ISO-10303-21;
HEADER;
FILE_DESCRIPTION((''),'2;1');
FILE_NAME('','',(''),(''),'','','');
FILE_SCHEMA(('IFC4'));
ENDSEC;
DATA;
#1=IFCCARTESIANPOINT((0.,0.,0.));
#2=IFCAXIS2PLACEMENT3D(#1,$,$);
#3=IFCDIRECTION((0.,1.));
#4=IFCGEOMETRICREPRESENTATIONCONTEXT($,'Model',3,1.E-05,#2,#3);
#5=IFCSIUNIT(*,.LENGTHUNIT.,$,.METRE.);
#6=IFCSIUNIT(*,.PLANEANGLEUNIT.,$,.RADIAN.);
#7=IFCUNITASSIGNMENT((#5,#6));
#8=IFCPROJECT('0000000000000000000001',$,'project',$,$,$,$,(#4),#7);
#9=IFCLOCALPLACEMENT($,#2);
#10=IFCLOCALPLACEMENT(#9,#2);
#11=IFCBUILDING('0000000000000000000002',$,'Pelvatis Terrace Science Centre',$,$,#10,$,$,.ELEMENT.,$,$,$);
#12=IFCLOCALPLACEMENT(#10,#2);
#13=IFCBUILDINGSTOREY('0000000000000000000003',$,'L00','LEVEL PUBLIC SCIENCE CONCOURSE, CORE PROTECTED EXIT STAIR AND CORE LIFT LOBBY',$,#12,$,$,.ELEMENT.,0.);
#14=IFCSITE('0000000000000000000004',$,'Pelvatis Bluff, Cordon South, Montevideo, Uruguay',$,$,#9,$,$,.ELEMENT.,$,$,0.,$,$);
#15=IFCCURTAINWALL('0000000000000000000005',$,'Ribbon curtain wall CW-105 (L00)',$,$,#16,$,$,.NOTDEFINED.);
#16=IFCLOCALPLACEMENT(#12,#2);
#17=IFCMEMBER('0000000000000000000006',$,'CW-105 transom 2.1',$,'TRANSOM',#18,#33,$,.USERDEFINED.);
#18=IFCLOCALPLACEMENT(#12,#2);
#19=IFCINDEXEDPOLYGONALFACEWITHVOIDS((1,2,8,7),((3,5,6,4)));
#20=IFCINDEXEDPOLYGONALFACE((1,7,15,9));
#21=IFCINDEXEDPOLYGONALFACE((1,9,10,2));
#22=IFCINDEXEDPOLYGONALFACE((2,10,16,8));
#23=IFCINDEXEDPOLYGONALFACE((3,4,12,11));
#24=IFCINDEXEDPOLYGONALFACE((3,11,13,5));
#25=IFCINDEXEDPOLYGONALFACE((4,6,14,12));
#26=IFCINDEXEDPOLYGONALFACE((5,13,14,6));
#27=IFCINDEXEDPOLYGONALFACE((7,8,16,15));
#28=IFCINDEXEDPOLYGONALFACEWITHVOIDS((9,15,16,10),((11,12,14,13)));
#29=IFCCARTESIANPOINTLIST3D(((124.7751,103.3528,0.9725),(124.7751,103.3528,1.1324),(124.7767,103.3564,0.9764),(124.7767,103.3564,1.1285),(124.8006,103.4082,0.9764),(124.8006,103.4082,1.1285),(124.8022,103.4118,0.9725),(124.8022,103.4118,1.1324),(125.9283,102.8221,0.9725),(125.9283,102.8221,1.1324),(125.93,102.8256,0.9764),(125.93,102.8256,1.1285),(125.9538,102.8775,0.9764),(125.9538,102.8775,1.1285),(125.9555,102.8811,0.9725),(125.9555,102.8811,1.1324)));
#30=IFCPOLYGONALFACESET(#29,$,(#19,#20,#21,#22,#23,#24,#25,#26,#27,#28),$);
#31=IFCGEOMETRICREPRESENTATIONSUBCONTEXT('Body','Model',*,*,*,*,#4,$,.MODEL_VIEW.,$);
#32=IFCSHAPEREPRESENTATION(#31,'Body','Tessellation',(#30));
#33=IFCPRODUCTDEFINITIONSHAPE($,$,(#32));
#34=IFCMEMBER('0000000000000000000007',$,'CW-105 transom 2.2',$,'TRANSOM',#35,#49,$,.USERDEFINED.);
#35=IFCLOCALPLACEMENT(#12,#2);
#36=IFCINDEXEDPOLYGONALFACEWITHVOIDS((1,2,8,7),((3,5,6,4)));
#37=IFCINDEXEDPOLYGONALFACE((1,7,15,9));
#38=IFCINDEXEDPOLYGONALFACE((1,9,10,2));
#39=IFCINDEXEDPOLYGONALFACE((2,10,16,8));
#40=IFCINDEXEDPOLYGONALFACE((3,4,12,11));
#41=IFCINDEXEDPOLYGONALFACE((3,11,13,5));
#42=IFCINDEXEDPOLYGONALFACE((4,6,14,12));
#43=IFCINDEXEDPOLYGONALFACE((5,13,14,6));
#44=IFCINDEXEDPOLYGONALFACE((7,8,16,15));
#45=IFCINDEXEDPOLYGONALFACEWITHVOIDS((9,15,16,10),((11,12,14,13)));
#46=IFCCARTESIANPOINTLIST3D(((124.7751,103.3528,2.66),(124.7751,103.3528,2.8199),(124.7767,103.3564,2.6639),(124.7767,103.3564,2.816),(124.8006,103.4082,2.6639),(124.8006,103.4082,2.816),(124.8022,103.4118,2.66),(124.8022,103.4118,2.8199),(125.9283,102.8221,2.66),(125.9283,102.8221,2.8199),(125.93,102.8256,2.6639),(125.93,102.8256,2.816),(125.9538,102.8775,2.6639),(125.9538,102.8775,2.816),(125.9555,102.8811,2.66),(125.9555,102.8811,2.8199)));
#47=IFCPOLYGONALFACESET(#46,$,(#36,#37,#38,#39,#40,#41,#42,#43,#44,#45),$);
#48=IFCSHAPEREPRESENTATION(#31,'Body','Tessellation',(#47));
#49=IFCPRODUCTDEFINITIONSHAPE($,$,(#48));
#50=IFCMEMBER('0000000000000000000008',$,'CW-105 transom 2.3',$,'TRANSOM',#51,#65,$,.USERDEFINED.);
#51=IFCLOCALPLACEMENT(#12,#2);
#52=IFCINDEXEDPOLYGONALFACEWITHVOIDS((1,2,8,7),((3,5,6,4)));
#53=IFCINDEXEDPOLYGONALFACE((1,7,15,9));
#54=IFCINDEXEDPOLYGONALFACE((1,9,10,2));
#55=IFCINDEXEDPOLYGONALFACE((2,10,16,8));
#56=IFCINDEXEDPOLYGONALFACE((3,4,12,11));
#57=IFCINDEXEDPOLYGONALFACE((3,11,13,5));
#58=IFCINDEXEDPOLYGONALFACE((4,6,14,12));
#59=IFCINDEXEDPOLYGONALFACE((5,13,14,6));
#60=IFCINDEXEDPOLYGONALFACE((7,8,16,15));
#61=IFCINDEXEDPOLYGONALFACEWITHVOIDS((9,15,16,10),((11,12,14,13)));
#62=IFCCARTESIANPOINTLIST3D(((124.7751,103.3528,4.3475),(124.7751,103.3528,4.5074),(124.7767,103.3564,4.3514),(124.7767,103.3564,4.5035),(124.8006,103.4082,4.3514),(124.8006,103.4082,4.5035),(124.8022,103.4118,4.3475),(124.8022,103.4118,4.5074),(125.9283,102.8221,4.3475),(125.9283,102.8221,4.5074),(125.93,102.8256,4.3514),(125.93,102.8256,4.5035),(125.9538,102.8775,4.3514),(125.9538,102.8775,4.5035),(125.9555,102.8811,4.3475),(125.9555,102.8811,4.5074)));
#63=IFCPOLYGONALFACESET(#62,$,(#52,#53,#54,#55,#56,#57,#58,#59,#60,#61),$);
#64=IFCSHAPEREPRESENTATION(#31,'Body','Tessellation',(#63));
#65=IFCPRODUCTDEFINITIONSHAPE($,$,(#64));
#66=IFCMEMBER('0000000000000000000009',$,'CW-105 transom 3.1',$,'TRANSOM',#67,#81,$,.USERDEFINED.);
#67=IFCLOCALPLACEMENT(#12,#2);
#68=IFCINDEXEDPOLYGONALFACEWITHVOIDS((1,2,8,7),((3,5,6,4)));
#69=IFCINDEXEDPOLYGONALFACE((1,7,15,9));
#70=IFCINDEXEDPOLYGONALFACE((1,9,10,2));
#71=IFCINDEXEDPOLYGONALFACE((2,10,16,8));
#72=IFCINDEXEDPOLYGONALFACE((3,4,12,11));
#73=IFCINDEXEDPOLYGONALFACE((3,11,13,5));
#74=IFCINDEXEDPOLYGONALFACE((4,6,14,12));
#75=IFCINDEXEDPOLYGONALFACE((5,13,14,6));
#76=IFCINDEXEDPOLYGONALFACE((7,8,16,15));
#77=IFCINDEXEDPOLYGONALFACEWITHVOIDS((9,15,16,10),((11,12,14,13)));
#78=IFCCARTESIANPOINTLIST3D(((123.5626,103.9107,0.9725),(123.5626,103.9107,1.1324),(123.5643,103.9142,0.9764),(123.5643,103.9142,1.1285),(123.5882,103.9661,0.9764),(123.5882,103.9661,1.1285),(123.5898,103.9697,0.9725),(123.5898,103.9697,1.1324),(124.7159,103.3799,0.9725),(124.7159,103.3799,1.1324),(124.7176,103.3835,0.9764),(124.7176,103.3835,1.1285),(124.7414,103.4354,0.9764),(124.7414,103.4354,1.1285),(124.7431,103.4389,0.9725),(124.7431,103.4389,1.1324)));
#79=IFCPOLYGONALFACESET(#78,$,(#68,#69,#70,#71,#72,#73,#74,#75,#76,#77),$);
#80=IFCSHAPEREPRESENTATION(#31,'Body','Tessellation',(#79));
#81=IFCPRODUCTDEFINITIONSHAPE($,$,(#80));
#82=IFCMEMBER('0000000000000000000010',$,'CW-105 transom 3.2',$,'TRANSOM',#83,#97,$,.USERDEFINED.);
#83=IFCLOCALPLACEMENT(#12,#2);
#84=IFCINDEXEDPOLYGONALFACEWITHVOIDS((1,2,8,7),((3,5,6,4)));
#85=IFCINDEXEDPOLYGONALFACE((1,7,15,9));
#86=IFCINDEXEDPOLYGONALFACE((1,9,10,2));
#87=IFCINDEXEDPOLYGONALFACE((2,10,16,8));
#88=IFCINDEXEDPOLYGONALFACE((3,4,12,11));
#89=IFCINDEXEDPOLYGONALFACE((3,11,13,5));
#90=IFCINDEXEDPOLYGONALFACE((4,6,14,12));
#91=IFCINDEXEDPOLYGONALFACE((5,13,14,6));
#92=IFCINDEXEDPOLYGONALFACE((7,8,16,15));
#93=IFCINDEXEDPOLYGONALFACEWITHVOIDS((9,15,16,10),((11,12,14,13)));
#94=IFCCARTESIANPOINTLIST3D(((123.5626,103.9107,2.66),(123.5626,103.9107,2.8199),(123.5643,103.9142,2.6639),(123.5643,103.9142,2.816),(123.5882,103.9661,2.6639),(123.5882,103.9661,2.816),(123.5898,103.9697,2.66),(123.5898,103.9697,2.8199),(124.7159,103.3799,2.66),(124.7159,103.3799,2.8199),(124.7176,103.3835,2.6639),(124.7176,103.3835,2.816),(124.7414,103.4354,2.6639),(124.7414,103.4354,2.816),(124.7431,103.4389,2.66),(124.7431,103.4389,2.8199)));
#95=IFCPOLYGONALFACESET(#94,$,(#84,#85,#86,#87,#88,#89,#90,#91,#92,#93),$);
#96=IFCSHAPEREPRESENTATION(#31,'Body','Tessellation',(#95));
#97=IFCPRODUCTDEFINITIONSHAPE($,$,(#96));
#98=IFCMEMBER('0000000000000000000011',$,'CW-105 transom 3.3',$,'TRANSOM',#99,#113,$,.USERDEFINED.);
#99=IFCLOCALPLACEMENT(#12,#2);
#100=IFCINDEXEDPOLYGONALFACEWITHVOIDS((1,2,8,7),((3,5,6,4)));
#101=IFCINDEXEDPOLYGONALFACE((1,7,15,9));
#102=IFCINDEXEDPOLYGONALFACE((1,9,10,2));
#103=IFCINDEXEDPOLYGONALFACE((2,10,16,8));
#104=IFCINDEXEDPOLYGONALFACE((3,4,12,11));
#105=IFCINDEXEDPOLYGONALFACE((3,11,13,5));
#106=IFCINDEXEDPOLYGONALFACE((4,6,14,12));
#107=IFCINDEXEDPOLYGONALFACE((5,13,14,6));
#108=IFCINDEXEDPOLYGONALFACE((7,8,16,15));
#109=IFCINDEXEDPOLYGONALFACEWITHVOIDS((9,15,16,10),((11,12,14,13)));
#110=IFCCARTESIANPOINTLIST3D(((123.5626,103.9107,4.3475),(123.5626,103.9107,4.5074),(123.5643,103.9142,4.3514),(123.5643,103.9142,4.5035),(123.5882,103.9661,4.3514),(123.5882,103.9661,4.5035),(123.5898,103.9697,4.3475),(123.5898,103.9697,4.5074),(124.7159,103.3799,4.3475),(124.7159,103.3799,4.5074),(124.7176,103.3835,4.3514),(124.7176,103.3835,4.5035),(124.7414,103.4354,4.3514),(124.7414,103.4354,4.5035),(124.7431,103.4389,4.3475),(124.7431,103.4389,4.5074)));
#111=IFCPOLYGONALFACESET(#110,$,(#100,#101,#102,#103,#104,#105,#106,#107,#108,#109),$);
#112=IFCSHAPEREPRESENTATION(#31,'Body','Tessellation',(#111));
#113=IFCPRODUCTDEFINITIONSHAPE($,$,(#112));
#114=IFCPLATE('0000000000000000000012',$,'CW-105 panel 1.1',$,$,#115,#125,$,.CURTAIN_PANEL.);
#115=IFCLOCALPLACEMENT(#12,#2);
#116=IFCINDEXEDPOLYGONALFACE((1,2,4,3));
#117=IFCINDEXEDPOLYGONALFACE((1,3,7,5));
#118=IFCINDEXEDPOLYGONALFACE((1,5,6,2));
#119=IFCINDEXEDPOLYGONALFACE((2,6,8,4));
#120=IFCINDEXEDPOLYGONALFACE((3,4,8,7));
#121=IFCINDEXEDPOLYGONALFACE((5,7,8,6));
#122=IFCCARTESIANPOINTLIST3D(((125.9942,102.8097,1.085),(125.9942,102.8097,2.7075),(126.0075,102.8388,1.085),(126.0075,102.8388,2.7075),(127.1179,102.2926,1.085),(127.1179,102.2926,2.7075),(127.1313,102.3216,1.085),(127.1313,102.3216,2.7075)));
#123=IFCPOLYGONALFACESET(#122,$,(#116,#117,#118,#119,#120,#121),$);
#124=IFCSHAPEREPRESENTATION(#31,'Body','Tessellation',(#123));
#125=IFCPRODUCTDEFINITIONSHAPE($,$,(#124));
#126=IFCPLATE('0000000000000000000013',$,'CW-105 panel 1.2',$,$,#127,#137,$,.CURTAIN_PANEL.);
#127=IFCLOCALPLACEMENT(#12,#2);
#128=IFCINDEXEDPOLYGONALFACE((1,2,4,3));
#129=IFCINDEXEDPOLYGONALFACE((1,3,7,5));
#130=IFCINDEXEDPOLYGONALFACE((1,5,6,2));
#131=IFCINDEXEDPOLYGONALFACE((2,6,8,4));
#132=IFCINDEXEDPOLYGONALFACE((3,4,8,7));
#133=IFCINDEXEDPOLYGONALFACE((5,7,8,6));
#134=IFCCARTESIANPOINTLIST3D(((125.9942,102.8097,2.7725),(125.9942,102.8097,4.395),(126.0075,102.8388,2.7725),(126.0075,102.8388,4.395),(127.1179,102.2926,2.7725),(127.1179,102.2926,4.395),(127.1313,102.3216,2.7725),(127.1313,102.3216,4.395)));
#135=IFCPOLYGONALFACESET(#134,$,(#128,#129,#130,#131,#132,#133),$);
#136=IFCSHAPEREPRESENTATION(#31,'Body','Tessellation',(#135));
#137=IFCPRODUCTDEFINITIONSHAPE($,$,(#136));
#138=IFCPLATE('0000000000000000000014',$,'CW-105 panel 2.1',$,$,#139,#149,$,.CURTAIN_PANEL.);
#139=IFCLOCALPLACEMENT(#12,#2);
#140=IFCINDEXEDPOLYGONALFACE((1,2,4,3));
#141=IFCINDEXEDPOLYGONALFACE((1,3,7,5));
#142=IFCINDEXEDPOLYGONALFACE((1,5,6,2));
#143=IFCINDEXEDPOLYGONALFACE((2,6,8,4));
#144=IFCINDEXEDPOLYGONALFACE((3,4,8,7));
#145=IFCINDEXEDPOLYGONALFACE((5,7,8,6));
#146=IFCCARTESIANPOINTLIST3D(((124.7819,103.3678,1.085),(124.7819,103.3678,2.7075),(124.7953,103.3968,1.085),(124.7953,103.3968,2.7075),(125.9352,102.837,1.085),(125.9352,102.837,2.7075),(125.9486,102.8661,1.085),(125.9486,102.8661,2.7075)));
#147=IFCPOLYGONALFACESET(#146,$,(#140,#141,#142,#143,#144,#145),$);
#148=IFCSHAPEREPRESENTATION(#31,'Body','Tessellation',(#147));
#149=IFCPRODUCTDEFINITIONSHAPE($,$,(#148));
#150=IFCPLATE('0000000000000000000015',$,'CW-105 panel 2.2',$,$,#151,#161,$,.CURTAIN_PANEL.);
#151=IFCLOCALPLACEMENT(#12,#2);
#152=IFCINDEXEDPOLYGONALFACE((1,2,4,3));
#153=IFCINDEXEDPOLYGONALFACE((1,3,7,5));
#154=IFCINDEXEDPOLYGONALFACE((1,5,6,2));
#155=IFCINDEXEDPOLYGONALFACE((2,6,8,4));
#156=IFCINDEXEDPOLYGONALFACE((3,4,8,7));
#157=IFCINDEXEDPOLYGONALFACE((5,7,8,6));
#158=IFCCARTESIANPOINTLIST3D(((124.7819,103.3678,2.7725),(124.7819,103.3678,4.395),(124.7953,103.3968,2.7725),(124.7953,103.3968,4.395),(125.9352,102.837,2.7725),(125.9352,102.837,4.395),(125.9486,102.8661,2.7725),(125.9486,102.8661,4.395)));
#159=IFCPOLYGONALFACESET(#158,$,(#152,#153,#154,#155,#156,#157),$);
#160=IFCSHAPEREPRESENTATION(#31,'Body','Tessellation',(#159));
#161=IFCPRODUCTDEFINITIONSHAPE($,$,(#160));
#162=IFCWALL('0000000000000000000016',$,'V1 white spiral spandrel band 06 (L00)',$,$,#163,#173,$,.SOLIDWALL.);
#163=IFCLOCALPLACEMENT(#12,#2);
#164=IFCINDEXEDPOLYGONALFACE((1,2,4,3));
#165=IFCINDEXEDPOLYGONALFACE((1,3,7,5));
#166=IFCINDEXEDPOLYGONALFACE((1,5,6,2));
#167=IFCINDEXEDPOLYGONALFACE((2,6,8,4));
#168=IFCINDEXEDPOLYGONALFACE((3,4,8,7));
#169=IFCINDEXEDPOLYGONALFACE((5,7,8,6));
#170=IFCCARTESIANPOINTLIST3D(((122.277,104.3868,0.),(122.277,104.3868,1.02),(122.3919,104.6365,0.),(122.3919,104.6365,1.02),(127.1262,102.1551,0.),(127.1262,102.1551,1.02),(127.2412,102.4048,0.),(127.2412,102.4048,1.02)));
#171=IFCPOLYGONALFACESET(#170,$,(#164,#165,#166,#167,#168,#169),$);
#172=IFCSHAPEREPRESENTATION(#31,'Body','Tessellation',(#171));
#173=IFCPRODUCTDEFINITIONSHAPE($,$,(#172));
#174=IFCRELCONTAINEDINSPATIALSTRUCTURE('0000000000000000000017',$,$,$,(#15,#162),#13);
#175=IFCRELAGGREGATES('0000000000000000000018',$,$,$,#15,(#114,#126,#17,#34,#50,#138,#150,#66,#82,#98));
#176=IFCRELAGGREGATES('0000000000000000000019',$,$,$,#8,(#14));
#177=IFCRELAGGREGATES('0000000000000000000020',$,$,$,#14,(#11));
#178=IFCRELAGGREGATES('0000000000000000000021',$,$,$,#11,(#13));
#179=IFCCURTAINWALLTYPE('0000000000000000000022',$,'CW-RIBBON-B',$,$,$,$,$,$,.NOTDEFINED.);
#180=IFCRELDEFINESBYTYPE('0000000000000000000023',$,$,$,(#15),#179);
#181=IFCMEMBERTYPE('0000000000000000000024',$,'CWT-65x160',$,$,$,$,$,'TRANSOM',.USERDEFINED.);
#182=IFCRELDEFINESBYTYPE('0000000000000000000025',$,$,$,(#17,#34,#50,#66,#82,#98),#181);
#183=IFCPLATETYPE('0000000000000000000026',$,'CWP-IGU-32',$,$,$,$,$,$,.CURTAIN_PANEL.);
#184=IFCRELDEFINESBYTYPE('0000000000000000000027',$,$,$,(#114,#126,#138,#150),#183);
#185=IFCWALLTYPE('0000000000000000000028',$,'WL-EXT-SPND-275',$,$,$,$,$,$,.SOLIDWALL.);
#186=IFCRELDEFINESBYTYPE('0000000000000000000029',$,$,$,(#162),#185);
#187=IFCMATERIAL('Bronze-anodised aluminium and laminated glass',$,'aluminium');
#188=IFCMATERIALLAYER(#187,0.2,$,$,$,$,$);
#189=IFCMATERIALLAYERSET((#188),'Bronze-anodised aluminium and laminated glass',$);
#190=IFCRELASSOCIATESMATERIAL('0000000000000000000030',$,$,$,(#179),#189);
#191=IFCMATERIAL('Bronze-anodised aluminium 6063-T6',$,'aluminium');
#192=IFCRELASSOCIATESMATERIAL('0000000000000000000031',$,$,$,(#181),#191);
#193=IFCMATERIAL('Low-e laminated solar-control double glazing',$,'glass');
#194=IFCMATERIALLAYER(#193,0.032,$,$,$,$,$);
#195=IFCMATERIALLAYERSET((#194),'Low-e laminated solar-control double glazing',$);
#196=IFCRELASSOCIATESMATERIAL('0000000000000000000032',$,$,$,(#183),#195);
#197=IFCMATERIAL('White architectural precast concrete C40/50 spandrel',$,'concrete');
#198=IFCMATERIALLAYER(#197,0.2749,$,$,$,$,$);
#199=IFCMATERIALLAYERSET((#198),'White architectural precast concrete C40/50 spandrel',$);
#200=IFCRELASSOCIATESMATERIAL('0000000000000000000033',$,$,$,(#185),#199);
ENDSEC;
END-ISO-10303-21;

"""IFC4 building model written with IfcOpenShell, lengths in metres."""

from ifc_helpers import new_model, si_unit, direction, frame, frame_2d, origin, origin_2d, place, context, subcontext, project, spatial, rectangle, hollow_rectangle, extrude, material, layer, layer_set, material_profile, profile_set, type_object, element, aggregate, save


model = new_model("IFC4")

# Units and contexts
model_context = context("Model", 3, precision=1e-05, world=origin(), true_north=direction((0.0, 1.0)))
body_context = subcontext(model_context, "Body", "Model", "MODEL_VIEW")
ifc_project = project(units=[si_unit("LENGTHUNIT", "METRE"), si_unit("PLANEANGLEUNIT", "RADIAN")], contexts=[model_context])

# Site, building, storey
site_placement = place(None, origin())
site = spatial("IfcSite", under=ifc_project, at=site_placement, Name="Pelvatis Bluff, Cordon South, Montevideo, Uruguay", CompositionType="ELEMENT", RefElevation=0.0)
building_placement = place(site_placement, origin())
building = spatial("IfcBuilding", under=site, at=building_placement, Name="Pelvatis Terrace Science Centre", CompositionType="ELEMENT")
storey_placement = place(building_placement, origin())
storey = spatial("IfcBuildingStorey", under=building, at=storey_placement, Name="L00", Description="LEVEL PUBLIC SCIENCE CONCOURSE, CORE PROTECTED EXIT STAIR AND CORE LIFT LOBBY", CompositionType="ELEMENT", Elevation=0.0)

# Curtain wall, members, plates
ifc_material_1 = material(Name="Bronze-anodised aluminium and laminated glass", Category="aluminium")
ifc_layer_1 = layer(ifc_material_1, 0.2)
ifc_layer_set_1 = layer_set([ifc_layer_1], Name="Bronze-anodised aluminium and laminated glass")
curtain_wall_type = type_object("IfcCurtainWallType", Name="CW-RIBBON-B", PredefinedType="NOTDEFINED", material=ifc_layer_set_1)
curtain_wall_placement = place(storey_placement, origin())
curtain_wall = element("IfcCurtainWall", 1, at=curtain_wall_placement, inside=storey, type_object=curtain_wall_type, Name="Ribbon curtain wall CW-105 (L00)", PredefinedType="NOTDEFINED")
ifc_material_2 = material(Name="Bronze-anodised aluminium 6063-T6", Category="aluminium")
ifc_material_profile_1 = material_profile(ifc_material_2, hollow_rectangle(XDim=0.0649, YDim=0.1599, WallThickness=0.0039, at=origin_2d()), Name="ALU-TRN 65x160")
ifc_profile_set_1 = profile_set([ifc_material_profile_1], Name="Bronze-anodised aluminium 6063-T6")
member_type_1 = type_object("IfcMemberType", Name="CWT-65x160", ElementType="TRANSOM", PredefinedType="USERDEFINED", material=ifc_profile_set_1)
member_1_placement = place(storey_placement, frame((125.9419, 102.8516, 1.0525), z_axis=(-0.90842, 0.418058, 0.0), x_axis=(-0.418058, -0.90842, 0.0)))
member_1 = element("IfcMember", 2, at=member_1_placement, type_object=member_type_1, Name="CW-105 transom 2.1", ObjectType="TRANSOM", PredefinedType="USERDEFINED", context=body_context, shape_type="SweptSolid", body=[
    extrude(hollow_rectangle(XDim=0.0649, YDim=0.1599, WallThickness=0.0039, at=origin_2d()), origin(), (0.0, 0.0, 1.0), 1.2695),
])
member_2_placement = place(storey_placement, frame((125.9419, 102.8516, 2.74), z_axis=(-0.90842, 0.418058, 0.0), x_axis=(-0.418058, -0.90842, 0.0)))
member_2 = element("IfcMember", 3, at=member_2_placement, type_object=member_type_1, Name="CW-105 transom 2.2", ObjectType="TRANSOM", PredefinedType="USERDEFINED", context=body_context, shape_type="SweptSolid", body=[
    extrude(hollow_rectangle(XDim=0.0649, YDim=0.1599, WallThickness=0.0039, at=origin_2d()), origin(), (0.0, 0.0, 1.0), 1.2695),
])
member_3_placement = place(storey_placement, frame((125.9419, 102.8516, 4.4275), z_axis=(-0.90842, 0.418058, 0.0), x_axis=(-0.418058, -0.90842, 0.0)))
member_3 = element("IfcMember", 4, at=member_3_placement, type_object=member_type_1, Name="CW-105 transom 2.3", ObjectType="TRANSOM", PredefinedType="USERDEFINED", context=body_context, shape_type="SweptSolid", body=[
    extrude(hollow_rectangle(XDim=0.0649, YDim=0.1599, WallThickness=0.0039, at=origin_2d()), origin(), (0.0, 0.0, 1.0), 1.2695),
])
member_4_placement = place(storey_placement, frame((124.7295, 103.4094, 1.0525), z_axis=(-0.90842, 0.418058, 0.0), x_axis=(-0.418058, -0.90842, 0.0)))
member_4 = element("IfcMember", 5, at=member_4_placement, type_object=member_type_1, Name="CW-105 transom 3.1", ObjectType="TRANSOM", PredefinedType="USERDEFINED", context=body_context, shape_type="SweptSolid", body=[
    extrude(hollow_rectangle(XDim=0.0649, YDim=0.1599, WallThickness=0.0039, at=origin_2d()), origin(), (0.0, 0.0, 1.0), 1.2695),
])
member_5_placement = place(storey_placement, frame((124.7295, 103.4094, 2.74), z_axis=(-0.90842, 0.418058, 0.0), x_axis=(-0.418058, -0.90842, 0.0)))
member_5 = element("IfcMember", 6, at=member_5_placement, type_object=member_type_1, Name="CW-105 transom 3.2", ObjectType="TRANSOM", PredefinedType="USERDEFINED", context=body_context, shape_type="SweptSolid", body=[
    extrude(hollow_rectangle(XDim=0.0649, YDim=0.1599, WallThickness=0.0039, at=origin_2d()), origin(), (0.0, 0.0, 1.0), 1.2695),
])
member_6_placement = place(storey_placement, frame((124.7295, 103.4094, 4.4275), z_axis=(-0.90842, 0.418058, 0.0), x_axis=(-0.418058, -0.90842, 0.0)))
member_6 = element("IfcMember", 7, at=member_6_placement, type_object=member_type_1, Name="CW-105 transom 3.3", ObjectType="TRANSOM", PredefinedType="USERDEFINED", context=body_context, shape_type="SweptSolid", body=[
    extrude(hollow_rectangle(XDim=0.0649, YDim=0.1599, WallThickness=0.0039, at=origin_2d()), origin(), (0.0, 0.0, 1.0), 1.2695),
])
ifc_material_3 = material(Name="Low-e laminated solar-control double glazing", Category="glass")
ifc_layer_2 = layer(ifc_material_3, 0.032)
ifc_layer_set_2 = layer_set([ifc_layer_2], Name="Low-e laminated solar-control double glazing")
plate_type = type_object("IfcPlateType", Name="CWP-IGU-32", PredefinedType="CURTAIN_PANEL", material=ifc_layer_set_2)
plate_1_placement = place(storey_placement, frame((126.5627, 102.5657, 1.085), z_axis=(0.0, 0.0, 1.0), x_axis=(-0.908421, 0.418057, 0.0)))
plate_1 = element("IfcPlate", 8, at=plate_1_placement, type_object=plate_type, Name="CW-105 panel 1.1", PredefinedType="CURTAIN_PANEL", context=body_context, shape_type="SweptSolid", body=[
    extrude(rectangle(XDim=1.2371, YDim=0.032, at=origin_2d()), origin(), (0.0, 0.0, 1.0), 1.6226),
])
plate_2_placement = place(storey_placement, frame((126.5627, 102.5657, 2.7725), z_axis=(0.0, 0.0, 1.0), x_axis=(-0.908421, 0.418057, 0.0)))
plate_2 = element("IfcPlate", 9, at=plate_2_placement, type_object=plate_type, Name="CW-105 panel 1.2", PredefinedType="CURTAIN_PANEL", context=body_context, shape_type="SweptSolid", body=[
    extrude(rectangle(XDim=1.2371, YDim=0.032, at=origin_2d()), origin(), (0.0, 0.0, 1.0), 1.6226),
])
plate_3_placement = place(storey_placement, frame((125.3652, 103.1169, 1.085), z_axis=(0.0, 0.0, 1.0), x_axis=(-0.908421, 0.418057, 0.0)))
plate_3 = element("IfcPlate", 10, at=plate_3_placement, type_object=plate_type, Name="CW-105 panel 2.1", PredefinedType="CURTAIN_PANEL", context=body_context, shape_type="SweptSolid", body=[
    extrude(rectangle(XDim=1.2695, YDim=0.032, at=origin_2d()), origin(), (0.0, 0.0, 1.0), 1.6226),
])
plate_4_placement = place(storey_placement, frame((125.3652, 103.1169, 2.7725), z_axis=(0.0, 0.0, 1.0), x_axis=(-0.908421, 0.418057, 0.0)))
plate_4 = element("IfcPlate", 11, at=plate_4_placement, type_object=plate_type, Name="CW-105 panel 2.2", PredefinedType="CURTAIN_PANEL", context=body_context, shape_type="SweptSolid", body=[
    extrude(rectangle(XDim=1.2695, YDim=0.032, at=origin_2d()), origin(), (0.0, 0.0, 1.0), 1.6226),
])
aggregate(curtain_wall, [plate_1, plate_2, member_1, member_2, member_3, plate_3, plate_4, member_4, member_5, member_6])

# Wall
ifc_material_4 = material(Name="White architectural precast concrete C40/50 spandrel", Category="concrete")
ifc_layer_3 = layer(ifc_material_4, 0.2749)
ifc_layer_set_3 = layer_set([ifc_layer_3], Name="White architectural precast concrete C40/50 spandrel")
wall_type = type_object("IfcWallType", Name="WL-EXT-SPND-275", PredefinedType="SOLIDWALL", material=ifc_layer_set_3)
wall_placement = place(storey_placement, frame((127.1836, 102.28, 0.0), z_axis=(0.0, 0.0, 1.0), x_axis=(-0.908421, 0.418057, 0.0)))
element("IfcWall", 12, at=wall_placement, inside=storey, type_object=wall_type, Name="V1 white spiral spandrel band 06 (L00)", PredefinedType="SOLIDWALL", context=body_context, shape_type="SweptSolid", body=[
    extrude(rectangle(XDim=5.3381, YDim=0.2749, at=frame_2d((2.6689, 0.0))), origin(), (0.0, 0.0, 1.0), 1.02),
])

save(model, "model.ifc")
